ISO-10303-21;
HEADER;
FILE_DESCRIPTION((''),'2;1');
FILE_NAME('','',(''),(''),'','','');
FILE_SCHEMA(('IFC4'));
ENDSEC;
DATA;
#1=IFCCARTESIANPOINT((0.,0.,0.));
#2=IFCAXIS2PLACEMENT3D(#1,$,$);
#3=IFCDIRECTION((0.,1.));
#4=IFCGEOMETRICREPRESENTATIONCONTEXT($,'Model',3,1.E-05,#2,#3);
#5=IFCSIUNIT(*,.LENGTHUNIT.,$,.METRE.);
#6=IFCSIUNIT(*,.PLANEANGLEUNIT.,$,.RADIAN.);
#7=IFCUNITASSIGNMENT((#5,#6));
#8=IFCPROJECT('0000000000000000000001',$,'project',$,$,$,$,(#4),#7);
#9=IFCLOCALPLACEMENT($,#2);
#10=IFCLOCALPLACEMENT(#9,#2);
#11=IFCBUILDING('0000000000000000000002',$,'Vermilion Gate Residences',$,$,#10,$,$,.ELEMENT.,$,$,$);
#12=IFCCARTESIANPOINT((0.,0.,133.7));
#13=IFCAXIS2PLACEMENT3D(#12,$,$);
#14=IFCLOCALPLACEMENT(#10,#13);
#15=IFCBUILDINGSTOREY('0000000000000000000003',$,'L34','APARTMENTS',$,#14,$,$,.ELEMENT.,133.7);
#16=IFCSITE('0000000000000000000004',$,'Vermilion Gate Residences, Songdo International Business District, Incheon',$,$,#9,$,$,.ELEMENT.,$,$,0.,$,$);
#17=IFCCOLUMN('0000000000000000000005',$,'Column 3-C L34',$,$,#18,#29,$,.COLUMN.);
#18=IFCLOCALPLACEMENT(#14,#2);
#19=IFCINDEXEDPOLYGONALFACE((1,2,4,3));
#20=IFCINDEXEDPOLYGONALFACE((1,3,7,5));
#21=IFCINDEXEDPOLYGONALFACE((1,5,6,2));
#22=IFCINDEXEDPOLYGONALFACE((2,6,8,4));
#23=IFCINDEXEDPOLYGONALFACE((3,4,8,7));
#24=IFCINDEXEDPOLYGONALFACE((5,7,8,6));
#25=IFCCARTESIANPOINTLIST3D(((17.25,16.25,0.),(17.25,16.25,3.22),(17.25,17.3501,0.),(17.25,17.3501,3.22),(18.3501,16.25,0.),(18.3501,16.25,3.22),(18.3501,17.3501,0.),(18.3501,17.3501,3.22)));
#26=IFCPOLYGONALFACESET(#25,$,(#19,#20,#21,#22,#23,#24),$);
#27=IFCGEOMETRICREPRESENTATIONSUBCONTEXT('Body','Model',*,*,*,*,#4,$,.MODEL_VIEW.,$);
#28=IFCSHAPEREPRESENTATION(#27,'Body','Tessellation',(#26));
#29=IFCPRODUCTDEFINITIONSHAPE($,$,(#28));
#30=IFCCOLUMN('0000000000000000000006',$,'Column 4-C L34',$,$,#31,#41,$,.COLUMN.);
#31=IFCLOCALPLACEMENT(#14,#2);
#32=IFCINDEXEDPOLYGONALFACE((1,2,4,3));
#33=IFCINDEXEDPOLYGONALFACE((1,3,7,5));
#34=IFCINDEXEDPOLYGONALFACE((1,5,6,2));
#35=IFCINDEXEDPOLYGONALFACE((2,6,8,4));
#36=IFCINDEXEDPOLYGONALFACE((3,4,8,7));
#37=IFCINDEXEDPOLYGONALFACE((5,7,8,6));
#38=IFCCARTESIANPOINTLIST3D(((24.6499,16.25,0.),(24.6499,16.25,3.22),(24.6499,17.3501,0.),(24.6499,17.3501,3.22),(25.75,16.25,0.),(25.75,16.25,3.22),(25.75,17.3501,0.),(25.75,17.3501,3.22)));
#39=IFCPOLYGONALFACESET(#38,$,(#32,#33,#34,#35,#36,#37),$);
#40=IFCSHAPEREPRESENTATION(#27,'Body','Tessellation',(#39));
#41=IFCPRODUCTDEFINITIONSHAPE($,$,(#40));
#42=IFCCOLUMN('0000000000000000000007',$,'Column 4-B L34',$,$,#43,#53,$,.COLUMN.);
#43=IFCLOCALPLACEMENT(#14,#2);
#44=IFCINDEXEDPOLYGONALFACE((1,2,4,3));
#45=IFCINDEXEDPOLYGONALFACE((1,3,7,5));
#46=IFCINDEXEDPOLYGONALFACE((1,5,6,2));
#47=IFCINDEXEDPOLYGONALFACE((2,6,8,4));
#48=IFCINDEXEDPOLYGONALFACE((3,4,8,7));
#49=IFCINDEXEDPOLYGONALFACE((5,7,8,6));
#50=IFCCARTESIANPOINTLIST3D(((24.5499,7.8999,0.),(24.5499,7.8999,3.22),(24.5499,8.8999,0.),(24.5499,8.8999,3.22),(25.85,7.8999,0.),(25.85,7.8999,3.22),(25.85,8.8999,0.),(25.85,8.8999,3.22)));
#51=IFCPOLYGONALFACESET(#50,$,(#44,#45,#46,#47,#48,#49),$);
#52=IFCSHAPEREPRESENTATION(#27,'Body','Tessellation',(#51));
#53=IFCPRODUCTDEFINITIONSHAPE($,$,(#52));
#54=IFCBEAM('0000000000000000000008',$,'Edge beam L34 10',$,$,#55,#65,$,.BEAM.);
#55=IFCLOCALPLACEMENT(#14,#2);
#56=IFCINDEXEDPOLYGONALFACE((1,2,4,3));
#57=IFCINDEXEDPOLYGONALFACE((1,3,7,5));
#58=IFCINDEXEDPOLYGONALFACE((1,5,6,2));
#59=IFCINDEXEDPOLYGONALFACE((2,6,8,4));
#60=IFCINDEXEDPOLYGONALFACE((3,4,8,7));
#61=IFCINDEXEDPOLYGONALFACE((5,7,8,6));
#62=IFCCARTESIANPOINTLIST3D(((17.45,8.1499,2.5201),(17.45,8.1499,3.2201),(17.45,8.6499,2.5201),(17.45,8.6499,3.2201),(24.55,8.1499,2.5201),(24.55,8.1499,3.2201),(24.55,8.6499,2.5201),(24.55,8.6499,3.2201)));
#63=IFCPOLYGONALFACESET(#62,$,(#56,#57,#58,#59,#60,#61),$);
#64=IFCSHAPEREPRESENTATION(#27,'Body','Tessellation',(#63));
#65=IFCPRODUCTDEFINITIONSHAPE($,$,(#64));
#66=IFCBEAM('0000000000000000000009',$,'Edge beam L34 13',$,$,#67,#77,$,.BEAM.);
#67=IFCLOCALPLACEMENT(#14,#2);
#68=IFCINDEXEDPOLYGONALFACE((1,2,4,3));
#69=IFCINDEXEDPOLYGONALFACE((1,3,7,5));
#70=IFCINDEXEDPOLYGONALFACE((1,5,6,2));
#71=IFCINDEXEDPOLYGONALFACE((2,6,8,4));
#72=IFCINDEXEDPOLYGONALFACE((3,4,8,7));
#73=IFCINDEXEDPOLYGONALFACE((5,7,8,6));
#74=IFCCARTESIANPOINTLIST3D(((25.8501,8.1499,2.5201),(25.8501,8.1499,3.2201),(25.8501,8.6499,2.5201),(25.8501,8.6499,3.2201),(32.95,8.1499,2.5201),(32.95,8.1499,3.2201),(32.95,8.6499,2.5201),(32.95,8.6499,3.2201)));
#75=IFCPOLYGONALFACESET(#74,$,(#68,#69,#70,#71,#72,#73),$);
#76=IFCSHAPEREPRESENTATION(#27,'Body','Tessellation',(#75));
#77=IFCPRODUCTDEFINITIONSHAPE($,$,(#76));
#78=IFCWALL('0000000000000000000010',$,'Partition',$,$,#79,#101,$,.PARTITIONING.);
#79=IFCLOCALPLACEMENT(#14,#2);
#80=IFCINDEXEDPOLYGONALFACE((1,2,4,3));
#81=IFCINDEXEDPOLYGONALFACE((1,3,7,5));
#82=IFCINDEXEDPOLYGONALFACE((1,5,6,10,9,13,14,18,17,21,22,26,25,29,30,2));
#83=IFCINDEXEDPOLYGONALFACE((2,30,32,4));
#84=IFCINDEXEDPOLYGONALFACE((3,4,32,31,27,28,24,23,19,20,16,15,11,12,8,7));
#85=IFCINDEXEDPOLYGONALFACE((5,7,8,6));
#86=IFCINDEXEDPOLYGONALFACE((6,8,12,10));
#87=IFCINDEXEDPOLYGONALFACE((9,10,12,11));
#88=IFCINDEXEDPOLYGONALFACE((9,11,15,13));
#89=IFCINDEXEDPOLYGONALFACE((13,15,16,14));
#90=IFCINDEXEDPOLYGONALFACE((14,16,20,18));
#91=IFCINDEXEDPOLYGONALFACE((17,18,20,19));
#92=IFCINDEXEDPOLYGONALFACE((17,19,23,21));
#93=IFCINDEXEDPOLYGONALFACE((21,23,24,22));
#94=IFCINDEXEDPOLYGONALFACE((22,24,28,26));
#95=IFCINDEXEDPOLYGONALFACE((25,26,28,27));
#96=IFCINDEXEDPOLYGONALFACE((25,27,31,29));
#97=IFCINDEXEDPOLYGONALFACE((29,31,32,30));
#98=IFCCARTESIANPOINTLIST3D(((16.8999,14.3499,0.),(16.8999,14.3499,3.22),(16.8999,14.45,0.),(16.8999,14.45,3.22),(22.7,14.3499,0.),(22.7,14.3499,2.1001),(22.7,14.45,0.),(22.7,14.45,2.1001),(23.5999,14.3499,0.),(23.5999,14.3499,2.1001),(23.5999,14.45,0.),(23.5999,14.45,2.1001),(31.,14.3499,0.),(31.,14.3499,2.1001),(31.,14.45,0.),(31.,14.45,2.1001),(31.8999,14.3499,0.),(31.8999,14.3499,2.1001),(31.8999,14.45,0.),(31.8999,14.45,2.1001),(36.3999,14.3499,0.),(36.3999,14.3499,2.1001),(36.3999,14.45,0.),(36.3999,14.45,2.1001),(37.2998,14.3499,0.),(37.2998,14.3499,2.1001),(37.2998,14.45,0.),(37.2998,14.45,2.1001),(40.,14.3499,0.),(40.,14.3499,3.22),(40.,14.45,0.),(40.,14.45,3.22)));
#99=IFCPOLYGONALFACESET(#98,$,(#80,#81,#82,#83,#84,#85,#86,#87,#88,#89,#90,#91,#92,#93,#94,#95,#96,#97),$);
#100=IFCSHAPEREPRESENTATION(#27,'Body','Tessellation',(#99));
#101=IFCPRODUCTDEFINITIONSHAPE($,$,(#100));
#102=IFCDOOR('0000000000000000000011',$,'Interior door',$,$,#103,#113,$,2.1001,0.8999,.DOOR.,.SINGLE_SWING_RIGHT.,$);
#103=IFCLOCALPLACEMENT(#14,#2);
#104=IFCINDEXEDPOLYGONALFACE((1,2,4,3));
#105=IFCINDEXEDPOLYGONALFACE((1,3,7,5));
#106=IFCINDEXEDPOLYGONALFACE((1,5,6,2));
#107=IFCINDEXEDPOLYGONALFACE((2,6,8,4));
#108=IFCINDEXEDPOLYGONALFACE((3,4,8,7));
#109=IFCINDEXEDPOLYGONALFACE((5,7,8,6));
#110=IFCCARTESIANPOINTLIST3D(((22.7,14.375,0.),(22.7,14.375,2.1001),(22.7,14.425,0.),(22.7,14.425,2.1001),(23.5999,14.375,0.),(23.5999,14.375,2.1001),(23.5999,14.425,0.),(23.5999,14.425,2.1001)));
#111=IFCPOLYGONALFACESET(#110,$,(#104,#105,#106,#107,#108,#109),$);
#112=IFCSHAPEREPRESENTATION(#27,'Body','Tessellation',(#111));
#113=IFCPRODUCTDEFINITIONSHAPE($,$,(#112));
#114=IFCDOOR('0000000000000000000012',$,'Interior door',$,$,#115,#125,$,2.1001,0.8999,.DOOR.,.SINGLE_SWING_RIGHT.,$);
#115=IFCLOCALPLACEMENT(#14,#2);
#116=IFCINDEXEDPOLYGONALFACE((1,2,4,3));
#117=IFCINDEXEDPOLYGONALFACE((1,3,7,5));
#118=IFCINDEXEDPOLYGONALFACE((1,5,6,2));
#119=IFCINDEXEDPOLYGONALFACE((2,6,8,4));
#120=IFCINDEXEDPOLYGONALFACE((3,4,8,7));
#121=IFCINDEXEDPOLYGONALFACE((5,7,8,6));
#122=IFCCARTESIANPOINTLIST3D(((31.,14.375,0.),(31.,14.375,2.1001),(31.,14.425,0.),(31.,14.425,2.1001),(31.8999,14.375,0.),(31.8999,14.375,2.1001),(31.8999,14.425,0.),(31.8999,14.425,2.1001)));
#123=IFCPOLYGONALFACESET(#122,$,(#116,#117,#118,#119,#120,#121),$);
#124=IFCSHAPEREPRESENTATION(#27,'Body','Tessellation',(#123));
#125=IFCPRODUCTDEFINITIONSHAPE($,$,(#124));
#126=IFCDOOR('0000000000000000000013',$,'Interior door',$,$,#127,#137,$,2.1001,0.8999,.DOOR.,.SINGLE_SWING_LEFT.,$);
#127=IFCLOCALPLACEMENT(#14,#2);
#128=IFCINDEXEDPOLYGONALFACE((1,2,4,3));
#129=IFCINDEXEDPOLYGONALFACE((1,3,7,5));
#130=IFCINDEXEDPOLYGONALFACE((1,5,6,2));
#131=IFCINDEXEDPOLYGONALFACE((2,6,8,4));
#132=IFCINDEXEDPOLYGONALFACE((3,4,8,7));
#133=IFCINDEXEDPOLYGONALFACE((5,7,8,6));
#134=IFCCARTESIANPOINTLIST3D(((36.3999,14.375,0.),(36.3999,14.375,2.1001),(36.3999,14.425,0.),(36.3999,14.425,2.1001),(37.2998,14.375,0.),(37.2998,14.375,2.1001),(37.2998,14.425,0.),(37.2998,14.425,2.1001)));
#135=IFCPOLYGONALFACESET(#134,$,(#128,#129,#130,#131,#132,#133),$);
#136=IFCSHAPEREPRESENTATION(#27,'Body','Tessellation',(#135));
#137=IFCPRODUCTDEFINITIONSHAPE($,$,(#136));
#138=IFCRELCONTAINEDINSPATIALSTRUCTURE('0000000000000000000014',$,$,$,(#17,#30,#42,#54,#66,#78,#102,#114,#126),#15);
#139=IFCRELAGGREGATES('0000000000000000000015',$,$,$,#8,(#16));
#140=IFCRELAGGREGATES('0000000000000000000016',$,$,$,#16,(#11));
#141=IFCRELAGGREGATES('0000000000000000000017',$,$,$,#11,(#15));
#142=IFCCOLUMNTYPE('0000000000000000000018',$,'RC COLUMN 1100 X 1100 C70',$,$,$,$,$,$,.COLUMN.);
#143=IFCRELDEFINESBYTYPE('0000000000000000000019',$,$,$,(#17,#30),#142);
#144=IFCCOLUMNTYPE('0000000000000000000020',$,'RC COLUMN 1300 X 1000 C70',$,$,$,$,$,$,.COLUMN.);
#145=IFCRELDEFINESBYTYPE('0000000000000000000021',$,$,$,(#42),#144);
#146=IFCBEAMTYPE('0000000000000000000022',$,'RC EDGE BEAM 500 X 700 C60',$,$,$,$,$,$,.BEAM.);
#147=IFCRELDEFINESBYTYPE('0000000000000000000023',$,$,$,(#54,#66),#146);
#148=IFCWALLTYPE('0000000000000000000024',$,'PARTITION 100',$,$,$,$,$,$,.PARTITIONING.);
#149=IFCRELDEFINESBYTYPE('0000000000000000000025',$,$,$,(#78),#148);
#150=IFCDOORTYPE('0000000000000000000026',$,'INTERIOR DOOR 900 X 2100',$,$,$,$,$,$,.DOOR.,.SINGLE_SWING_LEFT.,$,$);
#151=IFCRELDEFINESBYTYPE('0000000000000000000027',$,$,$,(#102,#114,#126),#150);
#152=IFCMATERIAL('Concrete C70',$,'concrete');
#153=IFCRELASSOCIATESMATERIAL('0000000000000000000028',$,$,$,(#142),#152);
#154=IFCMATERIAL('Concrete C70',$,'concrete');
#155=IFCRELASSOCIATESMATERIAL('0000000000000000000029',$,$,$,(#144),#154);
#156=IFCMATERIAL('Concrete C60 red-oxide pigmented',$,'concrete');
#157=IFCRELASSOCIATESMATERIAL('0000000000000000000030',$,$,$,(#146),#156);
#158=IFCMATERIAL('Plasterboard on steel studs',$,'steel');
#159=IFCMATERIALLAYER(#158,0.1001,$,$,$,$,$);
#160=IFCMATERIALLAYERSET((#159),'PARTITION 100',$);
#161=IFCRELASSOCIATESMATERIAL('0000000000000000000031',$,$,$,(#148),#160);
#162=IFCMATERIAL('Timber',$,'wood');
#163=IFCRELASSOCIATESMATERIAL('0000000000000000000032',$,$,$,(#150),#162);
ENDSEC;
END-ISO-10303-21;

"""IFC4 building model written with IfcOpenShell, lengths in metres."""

from ifc_helpers import new_model, si_unit, direction, frame, frame_2d, origin, origin_2d, place, context, subcontext, project, spatial, rectangle, extrude, material, layer, layer_set, material_profile, profile_set, type_object, element, fill, save


model = new_model("IFC4")

# Units and contexts
model_context = context("Model", 3, precision=1e-05, world=origin(), true_north=direction((0.0, 1.0)))
body_context = subcontext(model_context, "Body", "Model", "MODEL_VIEW")
ifc_project = project(units=[si_unit("LENGTHUNIT", "METRE"), si_unit("PLANEANGLEUNIT", "RADIAN")], contexts=[model_context])

# Site, building, storey
site_placement = place(None, origin())
site = spatial("IfcSite", under=ifc_project, at=site_placement, Name="Vermilion Gate Residences, Songdo International Business District, Incheon", CompositionType="ELEMENT", RefElevation=0.0)
building_placement = place(site_placement, origin())
building = spatial("IfcBuilding", under=site, at=building_placement, Name="Vermilion Gate Residences", CompositionType="ELEMENT")
storey_placement = place(building_placement, frame((0.0, 0.0, 133.7)))
storey = spatial("IfcBuildingStorey", under=building, at=storey_placement, Name="L34", Description="APARTMENTS", CompositionType="ELEMENT", Elevation=133.7)

# Columns
ifc_material_1 = material(Name="Concrete C70", Category="concrete")
ifc_material_profile_1 = material_profile(ifc_material_1, rectangle(XDim=1.1001, YDim=1.1001, at=origin_2d()), Name="RC-1100x1100")
ifc_profile_set_1 = profile_set([ifc_material_profile_1], Name="Concrete C70")
column_type_1 = type_object("IfcColumnType", Name="RC COLUMN 1100 X 1100 C70", PredefinedType="COLUMN", material=ifc_profile_set_1)
for number, where, z_axis, x_axis, name in (
    (1, (17.8, 16.8, 0.0), (0.0, 0.0, 1.0), (1.0, 0.0, 0.0), "Column 3-C L34"),
    (2, (25.2, 16.8, 0.0), (0.0, 0.0, 1.0), (1.0, 0.0, 0.0), "Column 4-C L34"),
):
    element("IfcColumn", number, at=place(storey_placement, frame(where, z_axis=z_axis, x_axis=x_axis)), inside=storey, type_object=column_type_1, Name=name, PredefinedType="COLUMN", context=body_context, shape_type="SweptSolid", body=[
        extrude(rectangle(XDim=1.1001, YDim=1.1001, at=origin_2d()), origin(), (0.0, 0.0, 1.0), 3.22),
    ])
ifc_material_2 = material(Name="Concrete C70", Category="concrete")
ifc_material_profile_2 = material_profile(ifc_material_2, rectangle(XDim=1.3, YDim=1.0, at=origin_2d()), Name="RC-1300x1000")
ifc_profile_set_2 = profile_set([ifc_material_profile_2], Name="Concrete C70")
column_type_2 = type_object("IfcColumnType", Name="RC COLUMN 1300 X 1000 C70", PredefinedType="COLUMN", material=ifc_profile_set_2)
column_placement = place(storey_placement, frame((25.2, 8.3999, 0.0), z_axis=(0.0, 0.0, 1.0), x_axis=(1.0, 0.0, 0.0)))
element("IfcColumn", 3, at=column_placement, inside=storey, type_object=column_type_2, Name="Column 4-B L34", PredefinedType="COLUMN", context=body_context, shape_type="SweptSolid", body=[
    extrude(rectangle(XDim=1.3, YDim=1.0, at=origin_2d()), origin(), (0.0, 0.0, 1.0), 3.22),
])

# Beams
ifc_material_3 = material(Name="Concrete C60 red-oxide pigmented", Category="concrete")
ifc_material_profile_3 = material_profile(ifc_material_3, rectangle(XDim=0.5, YDim=0.7, at=origin_2d()), Name="RC-500x700")
ifc_profile_set_3 = profile_set([ifc_material_profile_3], Name="Concrete C60 red-oxide pigmented")
beam_type = type_object("IfcBeamType", Name="RC EDGE BEAM 500 X 700 C60", PredefinedType="BEAM", material=ifc_profile_set_3)
beam_1_placement = place(storey_placement, frame((17.45, 8.3999, 2.8701), z_axis=(1.0, 0.0, 0.0), x_axis=(0.0, 1.0, 0.0)))
element("IfcBeam", 4, at=beam_1_placement, inside=storey, type_object=beam_type, Name="Edge beam L34 10", PredefinedType="BEAM", context=body_context, shape_type="SweptSolid", body=[
    extrude(rectangle(XDim=0.5, YDim=0.7, at=origin_2d()), origin(), (0.0, 0.0, 1.0), 7.1001),
])
beam_2_placement = place(storey_placement, frame((25.8501, 8.3999, 2.8701), z_axis=(1.0, 0.0, 0.0), x_axis=(0.0, 1.0, 0.0)))
element("IfcBeam", 5, at=beam_2_placement, inside=storey, type_object=beam_type, Name="Edge beam L34 13", PredefinedType="BEAM", context=body_context, shape_type="SweptSolid", body=[
    extrude(rectangle(XDim=0.5, YDim=0.7, at=origin_2d()), origin(), (0.0, 0.0, 1.0), 7.0999),
])

# Wall, openings, doors
ifc_material_4 = material(Name="Plasterboard on steel studs", Category="steel")
ifc_layer_1 = layer(ifc_material_4, 0.1001)
ifc_layer_set_1 = layer_set([ifc_layer_1], Name="PARTITION 100")
wall_type_1 = type_object("IfcWallType", Name="PARTITION 100", PredefinedType="PARTITIONING", material=ifc_layer_set_1)
wall_1_placement = place(storey_placement, frame((16.8999, 14.3999, 0.0), z_axis=(0.0, 0.0, 1.0), x_axis=(1.0, 0.0, 0.0)))
wall_1 = element("IfcWall", 6, at=wall_1_placement, inside=storey, type_object=wall_type_1, Name="Partition", PredefinedType="PARTITIONING", context=body_context, shape_type="SweptSolid", body=[
    extrude(rectangle(XDim=23.1001, YDim=0.1001, at=frame_2d((11.55, 0.0))), origin(), (0.0, 0.0, 1.0), 3.22),
])
opening_1_placement = place(wall_1_placement, frame((5.8, 0.0, 0.0)))
opening_1 = element("IfcOpeningElement", 7, at=opening_1_placement, cuts=wall_1, PredefinedType="OPENING", context=body_context, shape_type="SweptSolid", body=[
    extrude(rectangle(XDim=0.8999, YDim=2.1001, at=frame_2d((0.45, 1.05))), frame((0.0, 0.0601, 0.0), z_axis=(0.0, -1.0, 0.0), x_axis=(1.0, 0.0, 0.0)), (0.0, 0.0, 1.0), 0.1201),
])
opening_2_placement = place(wall_1_placement, frame((14.1001, 0.0, 0.0)))
opening_2 = element("IfcOpeningElement", 8, at=opening_2_placement, cuts=wall_1, PredefinedType="OPENING", context=body_context, shape_type="SweptSolid", body=[
    extrude(rectangle(XDim=0.8999, YDim=2.1001, at=frame_2d((0.45, 1.05))), frame((0.0, 0.0601, 0.0), z_axis=(0.0, -1.0, 0.0), x_axis=(1.0, 0.0, 0.0)), (0.0, 0.0, 1.0), 0.1201),
])
opening_3_placement = place(wall_1_placement, frame((19.5, 0.0, 0.0)))
opening_3 = element("IfcOpeningElement", 9, at=opening_3_placement, cuts=wall_1, PredefinedType="OPENING", context=body_context, shape_type="SweptSolid", body=[
    extrude(rectangle(XDim=0.8999, YDim=2.1001, at=frame_2d((0.45, 1.05))), frame((0.0, 0.0601, 0.0), z_axis=(0.0, -1.0, 0.0), x_axis=(1.0, 0.0, 0.0)), (0.0, 0.0, 1.0), 0.1201),
])
ifc_material_5 = material(Name="Timber", Category="wood")
door_type = type_object("IfcDoorType", Name="INTERIOR DOOR 900 X 2100", OperationType="SINGLE_SWING_LEFT", PredefinedType="DOOR", material=ifc_material_5)
door_1_placement = place(opening_1_placement, frame((0.8999, 0.0, 0.0), z_axis=(0.0, 0.0, 1.0), x_axis=(-1.0, 0.0, 0.0)))
door_1 = element("IfcDoor", 10, at=door_1_placement, inside=storey, type_object=door_type, Name="Interior door", OperationType="SINGLE_SWING_RIGHT", OverallHeight=2.1001, OverallWidth=0.8999, PredefinedType="DOOR", context=body_context, shape_type="SweptSolid", body=[
    extrude(rectangle(XDim=0.8999, YDim=2.1001, at=frame_2d((0.45, 1.05))), frame((0.0, 0.0249, 0.0), z_axis=(0.0, -1.0, 0.0), x_axis=(1.0, 0.0, 0.0)), (0.0, 0.0, 1.0), 0.05),
])
fill(opening_1, door_1)
door_2_placement = place(opening_2_placement, frame((0.8999, 0.0, 0.0), z_axis=(0.0, 0.0, 1.0), x_axis=(-1.0, 0.0, 0.0)))
door_2 = element("IfcDoor", 11, at=door_2_placement, inside=storey, type_object=door_type, Name="Interior door", OperationType="SINGLE_SWING_RIGHT", OverallHeight=2.1001, OverallWidth=0.8999, PredefinedType="DOOR", context=body_context, shape_type="SweptSolid", body=[
    extrude(rectangle(XDim=0.8999, YDim=2.1001, at=frame_2d((0.45, 1.05))), frame((0.0, 0.0249, 0.0), z_axis=(0.0, -1.0, 0.0), x_axis=(1.0, 0.0, 0.0)), (0.0, 0.0, 1.0), 0.05),
])
fill(opening_2, door_2)
door_3_placement = place(opening_3_placement, frame((0.8999, 0.0, 0.0), z_axis=(0.0, 0.0, 1.0), x_axis=(-1.0, 0.0, 0.0)))
door_3 = element("IfcDoor", 12, at=door_3_placement, inside=storey, type_object=door_type, Name="Interior door", OperationType="SINGLE_SWING_LEFT", OverallHeight=2.1001, OverallWidth=0.8999, PredefinedType="DOOR", context=body_context, shape_type="SweptSolid", body=[
    extrude(rectangle(XDim=0.8999, YDim=2.1001, at=frame_2d((0.45, 1.05))), frame((0.0, 0.0249, 0.0), z_axis=(0.0, -1.0, 0.0), x_axis=(1.0, 0.0, 0.0)), (0.0, 0.0, 1.0), 0.05),
])
fill(opening_3, door_3)

save(model, "model.ifc")
